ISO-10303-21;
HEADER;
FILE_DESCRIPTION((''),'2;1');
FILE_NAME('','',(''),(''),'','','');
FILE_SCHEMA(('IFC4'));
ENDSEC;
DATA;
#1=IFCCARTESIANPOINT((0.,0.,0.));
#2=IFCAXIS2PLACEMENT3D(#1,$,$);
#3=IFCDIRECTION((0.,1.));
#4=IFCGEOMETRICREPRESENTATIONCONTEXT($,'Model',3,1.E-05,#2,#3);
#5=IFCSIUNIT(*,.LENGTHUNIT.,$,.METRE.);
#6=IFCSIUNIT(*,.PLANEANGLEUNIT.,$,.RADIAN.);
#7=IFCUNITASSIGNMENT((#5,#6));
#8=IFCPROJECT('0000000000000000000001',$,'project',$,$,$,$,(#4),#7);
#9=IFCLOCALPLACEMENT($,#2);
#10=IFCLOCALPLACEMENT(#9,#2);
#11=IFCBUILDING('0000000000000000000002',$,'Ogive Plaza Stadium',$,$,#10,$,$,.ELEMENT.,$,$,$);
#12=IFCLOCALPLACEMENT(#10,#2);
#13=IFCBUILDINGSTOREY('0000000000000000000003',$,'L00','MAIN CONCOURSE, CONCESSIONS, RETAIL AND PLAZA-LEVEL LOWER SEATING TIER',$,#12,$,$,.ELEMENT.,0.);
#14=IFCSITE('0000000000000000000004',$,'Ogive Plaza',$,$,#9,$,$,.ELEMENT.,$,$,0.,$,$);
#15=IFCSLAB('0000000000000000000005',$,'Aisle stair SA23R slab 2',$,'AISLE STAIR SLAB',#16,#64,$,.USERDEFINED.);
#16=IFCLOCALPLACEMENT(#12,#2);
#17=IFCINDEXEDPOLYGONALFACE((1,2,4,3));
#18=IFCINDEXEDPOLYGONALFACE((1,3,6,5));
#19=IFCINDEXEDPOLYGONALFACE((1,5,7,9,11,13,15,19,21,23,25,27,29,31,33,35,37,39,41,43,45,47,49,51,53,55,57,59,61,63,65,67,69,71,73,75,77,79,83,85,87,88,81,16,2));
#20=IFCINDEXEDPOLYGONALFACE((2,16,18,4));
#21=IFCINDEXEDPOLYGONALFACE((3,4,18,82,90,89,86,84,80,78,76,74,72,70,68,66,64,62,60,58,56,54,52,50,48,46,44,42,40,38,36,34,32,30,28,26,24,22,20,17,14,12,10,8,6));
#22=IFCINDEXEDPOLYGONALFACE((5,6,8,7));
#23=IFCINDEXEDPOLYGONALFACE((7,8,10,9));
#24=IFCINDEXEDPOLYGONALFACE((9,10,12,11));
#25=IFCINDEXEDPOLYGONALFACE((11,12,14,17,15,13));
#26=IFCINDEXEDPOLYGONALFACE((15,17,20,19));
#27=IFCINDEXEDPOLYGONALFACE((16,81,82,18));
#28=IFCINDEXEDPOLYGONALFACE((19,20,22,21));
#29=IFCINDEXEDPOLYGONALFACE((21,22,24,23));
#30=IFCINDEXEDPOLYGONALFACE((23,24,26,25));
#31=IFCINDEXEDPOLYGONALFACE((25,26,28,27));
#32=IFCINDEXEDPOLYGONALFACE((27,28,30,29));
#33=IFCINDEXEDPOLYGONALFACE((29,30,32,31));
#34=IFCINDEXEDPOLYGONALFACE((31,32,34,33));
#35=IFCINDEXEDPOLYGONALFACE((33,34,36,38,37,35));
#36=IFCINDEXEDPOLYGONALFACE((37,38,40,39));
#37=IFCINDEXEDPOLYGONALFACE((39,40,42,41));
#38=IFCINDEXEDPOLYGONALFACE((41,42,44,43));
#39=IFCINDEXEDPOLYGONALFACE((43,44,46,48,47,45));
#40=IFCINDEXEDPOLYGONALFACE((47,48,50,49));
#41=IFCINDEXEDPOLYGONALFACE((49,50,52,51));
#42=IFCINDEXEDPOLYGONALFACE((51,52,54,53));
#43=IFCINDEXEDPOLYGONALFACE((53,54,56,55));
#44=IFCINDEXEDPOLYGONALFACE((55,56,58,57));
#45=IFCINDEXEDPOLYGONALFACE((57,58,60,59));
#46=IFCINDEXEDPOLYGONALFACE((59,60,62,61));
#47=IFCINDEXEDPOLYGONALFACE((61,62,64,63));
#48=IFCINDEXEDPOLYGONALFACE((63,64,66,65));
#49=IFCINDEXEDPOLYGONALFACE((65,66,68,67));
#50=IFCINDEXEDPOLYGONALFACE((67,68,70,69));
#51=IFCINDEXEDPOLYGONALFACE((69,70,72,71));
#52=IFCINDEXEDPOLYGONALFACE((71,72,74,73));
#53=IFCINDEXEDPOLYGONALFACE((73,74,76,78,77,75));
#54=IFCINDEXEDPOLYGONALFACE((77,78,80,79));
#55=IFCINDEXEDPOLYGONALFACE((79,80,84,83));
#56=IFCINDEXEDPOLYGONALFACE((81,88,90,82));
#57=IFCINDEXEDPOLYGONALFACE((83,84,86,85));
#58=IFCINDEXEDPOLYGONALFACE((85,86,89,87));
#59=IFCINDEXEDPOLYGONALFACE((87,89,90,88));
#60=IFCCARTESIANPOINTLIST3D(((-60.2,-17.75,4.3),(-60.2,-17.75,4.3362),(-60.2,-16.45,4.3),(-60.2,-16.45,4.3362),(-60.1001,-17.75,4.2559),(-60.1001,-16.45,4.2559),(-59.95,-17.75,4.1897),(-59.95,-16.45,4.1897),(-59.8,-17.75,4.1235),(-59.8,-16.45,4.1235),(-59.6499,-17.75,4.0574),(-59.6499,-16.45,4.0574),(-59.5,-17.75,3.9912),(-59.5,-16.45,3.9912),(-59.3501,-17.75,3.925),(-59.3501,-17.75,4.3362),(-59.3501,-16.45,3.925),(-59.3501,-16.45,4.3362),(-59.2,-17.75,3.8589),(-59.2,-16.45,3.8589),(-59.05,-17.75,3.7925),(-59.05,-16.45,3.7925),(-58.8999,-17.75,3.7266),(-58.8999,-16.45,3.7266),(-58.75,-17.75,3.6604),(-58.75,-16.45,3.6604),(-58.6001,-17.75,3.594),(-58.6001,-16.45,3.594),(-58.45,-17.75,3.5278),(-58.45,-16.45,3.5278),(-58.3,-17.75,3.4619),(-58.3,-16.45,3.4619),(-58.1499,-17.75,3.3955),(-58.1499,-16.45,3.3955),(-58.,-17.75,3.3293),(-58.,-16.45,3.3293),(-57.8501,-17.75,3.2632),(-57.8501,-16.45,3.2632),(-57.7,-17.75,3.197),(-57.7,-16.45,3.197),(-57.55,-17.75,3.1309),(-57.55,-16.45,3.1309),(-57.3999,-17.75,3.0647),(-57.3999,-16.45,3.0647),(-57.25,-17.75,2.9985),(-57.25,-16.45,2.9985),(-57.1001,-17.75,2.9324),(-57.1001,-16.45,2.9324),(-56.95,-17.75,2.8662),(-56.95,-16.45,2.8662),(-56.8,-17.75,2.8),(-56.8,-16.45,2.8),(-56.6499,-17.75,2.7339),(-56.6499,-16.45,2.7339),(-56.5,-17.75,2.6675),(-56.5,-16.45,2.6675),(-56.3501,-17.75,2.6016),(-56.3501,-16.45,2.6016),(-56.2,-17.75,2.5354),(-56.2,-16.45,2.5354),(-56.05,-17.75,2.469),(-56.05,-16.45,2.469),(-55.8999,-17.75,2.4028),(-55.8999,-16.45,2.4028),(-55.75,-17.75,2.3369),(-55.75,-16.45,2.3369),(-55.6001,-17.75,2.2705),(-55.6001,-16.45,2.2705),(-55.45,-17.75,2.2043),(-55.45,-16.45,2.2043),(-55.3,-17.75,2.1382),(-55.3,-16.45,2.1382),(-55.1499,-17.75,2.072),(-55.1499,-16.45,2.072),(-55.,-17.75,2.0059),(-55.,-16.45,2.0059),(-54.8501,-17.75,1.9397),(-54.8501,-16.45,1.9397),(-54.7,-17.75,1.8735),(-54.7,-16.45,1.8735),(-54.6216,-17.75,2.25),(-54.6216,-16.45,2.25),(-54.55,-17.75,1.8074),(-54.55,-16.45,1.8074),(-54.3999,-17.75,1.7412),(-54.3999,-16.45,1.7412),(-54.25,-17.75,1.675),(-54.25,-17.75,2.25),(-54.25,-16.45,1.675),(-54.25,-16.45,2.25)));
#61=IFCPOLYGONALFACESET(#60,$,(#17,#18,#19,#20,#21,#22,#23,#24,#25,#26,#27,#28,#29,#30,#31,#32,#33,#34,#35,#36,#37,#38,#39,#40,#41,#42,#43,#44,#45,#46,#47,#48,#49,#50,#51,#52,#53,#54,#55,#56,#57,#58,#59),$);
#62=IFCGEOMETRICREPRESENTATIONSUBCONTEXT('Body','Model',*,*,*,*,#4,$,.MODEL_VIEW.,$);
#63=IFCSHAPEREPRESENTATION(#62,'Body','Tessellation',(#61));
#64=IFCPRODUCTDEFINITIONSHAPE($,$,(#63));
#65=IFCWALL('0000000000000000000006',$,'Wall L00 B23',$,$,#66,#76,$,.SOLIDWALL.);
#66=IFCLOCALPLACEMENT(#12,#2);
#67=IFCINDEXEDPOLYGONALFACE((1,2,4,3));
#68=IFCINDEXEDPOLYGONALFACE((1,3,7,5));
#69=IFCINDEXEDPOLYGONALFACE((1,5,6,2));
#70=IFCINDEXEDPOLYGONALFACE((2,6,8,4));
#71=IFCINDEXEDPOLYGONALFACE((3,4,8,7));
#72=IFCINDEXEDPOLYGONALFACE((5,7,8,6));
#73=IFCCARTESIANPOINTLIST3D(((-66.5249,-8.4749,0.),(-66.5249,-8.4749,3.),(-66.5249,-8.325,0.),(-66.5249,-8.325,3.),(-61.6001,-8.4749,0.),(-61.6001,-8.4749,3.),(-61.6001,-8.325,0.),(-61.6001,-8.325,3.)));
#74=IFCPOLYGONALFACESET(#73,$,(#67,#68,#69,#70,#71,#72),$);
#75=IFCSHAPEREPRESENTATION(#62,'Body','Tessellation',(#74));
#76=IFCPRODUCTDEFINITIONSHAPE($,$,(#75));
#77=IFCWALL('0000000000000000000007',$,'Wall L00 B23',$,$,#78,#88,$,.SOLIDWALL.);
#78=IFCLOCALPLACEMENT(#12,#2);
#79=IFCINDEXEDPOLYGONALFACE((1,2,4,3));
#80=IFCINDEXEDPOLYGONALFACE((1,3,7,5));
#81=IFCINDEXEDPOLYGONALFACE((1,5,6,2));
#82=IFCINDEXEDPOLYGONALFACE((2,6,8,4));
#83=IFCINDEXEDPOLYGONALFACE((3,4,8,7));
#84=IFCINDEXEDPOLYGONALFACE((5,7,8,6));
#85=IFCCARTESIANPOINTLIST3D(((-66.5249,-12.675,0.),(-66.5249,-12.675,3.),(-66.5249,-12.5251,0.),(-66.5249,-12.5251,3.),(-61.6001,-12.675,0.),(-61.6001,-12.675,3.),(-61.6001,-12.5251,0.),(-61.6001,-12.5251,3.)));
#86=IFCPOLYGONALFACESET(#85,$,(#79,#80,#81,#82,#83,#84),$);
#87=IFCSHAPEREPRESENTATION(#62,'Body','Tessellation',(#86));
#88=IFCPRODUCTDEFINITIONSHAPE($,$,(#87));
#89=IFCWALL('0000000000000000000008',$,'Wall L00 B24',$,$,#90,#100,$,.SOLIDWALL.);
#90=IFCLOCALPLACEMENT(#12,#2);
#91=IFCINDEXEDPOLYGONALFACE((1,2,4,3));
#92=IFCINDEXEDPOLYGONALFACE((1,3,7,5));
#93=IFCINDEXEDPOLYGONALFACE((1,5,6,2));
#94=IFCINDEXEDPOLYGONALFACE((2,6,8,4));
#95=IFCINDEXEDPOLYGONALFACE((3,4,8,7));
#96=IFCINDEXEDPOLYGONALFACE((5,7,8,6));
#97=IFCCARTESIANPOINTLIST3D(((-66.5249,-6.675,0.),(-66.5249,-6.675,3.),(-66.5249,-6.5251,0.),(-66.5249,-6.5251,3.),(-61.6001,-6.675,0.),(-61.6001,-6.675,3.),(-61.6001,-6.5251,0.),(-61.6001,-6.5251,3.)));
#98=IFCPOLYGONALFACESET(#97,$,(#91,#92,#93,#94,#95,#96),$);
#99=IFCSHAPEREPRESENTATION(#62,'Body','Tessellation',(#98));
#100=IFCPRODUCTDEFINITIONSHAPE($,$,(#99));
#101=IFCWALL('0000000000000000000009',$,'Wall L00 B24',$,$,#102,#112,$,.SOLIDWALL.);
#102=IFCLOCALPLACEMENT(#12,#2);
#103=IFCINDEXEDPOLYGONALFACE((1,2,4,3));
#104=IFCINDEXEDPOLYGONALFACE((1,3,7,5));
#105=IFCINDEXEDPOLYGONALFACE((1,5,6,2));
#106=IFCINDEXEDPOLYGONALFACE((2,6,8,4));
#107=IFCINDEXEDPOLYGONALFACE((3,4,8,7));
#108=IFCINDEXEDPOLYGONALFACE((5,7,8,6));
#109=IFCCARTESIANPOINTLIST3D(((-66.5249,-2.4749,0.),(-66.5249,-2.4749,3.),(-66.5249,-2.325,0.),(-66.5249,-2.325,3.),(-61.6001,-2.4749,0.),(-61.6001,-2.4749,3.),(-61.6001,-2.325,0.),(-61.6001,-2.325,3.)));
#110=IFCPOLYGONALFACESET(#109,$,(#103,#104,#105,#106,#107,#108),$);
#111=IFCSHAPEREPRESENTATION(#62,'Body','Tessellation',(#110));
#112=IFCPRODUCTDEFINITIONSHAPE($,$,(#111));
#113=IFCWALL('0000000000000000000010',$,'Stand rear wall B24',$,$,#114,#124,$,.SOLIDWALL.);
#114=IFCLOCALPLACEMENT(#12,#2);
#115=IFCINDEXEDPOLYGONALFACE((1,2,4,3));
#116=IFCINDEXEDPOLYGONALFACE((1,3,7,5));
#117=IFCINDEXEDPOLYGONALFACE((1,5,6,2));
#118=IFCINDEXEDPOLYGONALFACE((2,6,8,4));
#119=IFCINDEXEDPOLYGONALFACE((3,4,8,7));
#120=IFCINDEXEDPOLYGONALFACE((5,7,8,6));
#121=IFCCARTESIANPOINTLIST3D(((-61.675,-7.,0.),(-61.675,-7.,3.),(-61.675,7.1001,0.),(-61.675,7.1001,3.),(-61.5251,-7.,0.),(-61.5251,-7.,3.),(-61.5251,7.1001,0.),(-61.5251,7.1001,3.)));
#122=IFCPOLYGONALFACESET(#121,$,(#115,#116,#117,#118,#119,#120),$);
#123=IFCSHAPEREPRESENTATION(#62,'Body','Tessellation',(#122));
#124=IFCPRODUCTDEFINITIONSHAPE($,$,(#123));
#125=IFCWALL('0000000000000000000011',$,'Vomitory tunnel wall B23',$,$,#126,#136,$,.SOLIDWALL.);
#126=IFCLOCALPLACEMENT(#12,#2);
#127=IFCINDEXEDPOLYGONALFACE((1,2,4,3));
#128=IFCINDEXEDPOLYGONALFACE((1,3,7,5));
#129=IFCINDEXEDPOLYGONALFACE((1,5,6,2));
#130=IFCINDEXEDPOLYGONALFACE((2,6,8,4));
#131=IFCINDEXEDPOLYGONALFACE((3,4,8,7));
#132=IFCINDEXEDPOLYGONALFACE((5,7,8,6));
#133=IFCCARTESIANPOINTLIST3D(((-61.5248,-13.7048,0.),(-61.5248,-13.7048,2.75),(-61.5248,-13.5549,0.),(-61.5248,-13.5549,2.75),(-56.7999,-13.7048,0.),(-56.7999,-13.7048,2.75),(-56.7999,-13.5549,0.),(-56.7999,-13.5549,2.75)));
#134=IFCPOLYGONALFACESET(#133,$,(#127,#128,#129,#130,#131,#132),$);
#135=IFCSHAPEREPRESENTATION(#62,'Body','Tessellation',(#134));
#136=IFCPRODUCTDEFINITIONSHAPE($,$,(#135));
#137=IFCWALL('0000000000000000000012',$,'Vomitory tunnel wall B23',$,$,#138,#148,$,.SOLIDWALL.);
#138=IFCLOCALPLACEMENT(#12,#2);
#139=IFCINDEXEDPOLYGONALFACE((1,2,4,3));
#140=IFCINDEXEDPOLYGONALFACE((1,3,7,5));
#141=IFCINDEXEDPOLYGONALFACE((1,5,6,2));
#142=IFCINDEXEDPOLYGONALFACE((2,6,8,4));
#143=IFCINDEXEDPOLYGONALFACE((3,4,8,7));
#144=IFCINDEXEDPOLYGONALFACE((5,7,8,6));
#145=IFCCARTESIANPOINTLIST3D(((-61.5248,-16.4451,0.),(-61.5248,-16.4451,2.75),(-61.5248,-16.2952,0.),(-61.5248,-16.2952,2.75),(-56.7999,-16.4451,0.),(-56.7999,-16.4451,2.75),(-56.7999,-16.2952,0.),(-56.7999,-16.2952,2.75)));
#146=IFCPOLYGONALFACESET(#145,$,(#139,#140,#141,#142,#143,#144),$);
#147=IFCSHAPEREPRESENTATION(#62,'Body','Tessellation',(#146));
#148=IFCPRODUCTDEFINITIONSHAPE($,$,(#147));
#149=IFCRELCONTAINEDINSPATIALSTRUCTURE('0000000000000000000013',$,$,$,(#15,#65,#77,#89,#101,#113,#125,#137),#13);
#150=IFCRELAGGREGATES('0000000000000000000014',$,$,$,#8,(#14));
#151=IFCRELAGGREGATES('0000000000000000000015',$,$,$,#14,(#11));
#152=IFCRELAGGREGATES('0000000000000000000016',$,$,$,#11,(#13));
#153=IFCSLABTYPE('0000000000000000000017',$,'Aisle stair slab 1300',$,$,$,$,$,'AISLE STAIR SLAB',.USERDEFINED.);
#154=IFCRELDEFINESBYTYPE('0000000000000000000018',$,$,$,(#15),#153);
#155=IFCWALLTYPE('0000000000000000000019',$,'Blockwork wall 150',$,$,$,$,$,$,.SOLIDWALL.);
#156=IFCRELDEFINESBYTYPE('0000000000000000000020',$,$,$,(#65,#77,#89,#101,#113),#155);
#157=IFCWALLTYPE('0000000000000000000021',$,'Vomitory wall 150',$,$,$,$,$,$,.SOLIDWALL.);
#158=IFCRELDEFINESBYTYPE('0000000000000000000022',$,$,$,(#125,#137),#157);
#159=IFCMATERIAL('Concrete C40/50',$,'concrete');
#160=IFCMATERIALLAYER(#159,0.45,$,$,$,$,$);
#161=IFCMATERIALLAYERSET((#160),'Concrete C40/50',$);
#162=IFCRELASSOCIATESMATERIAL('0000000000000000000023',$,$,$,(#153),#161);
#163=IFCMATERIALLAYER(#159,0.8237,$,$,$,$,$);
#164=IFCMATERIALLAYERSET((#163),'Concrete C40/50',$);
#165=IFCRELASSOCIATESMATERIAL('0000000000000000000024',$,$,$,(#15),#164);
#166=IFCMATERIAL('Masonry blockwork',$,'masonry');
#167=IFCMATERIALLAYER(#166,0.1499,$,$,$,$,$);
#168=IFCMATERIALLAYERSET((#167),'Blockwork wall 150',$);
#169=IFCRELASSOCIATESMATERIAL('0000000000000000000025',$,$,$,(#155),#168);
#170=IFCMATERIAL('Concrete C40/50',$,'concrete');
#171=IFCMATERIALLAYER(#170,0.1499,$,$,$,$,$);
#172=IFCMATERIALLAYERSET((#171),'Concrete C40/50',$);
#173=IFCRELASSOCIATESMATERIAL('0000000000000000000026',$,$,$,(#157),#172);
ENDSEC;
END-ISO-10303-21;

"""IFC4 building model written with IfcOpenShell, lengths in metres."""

from ifc_helpers import new_model, si_unit, direction, frame, frame_2d, origin, place, context, subcontext, project, spatial, polyline, rectangle, outline, extrude, material, layer, layer_set, type_object, element, save


model = new_model("IFC4")

# Units and contexts
model_context = context("Model", 3, precision=1e-05, world=origin(), true_north=direction((0.0, 1.0)))
body_context = subcontext(model_context, "Body", "Model", "MODEL_VIEW")
ifc_project = project(units=[si_unit("LENGTHUNIT", "METRE"), si_unit("PLANEANGLEUNIT", "RADIAN")], contexts=[model_context])

# Site, building, storey
site_placement = place(None, origin())
site = spatial("IfcSite", under=ifc_project, at=site_placement, Name="Ogive Plaza", CompositionType="ELEMENT", RefElevation=0.0)
building_placement = place(site_placement, origin())
building = spatial("IfcBuilding", under=site, at=building_placement, Name="Ogive Plaza Stadium", CompositionType="ELEMENT")
storey_placement = place(building_placement, origin())
storey = spatial("IfcBuildingStorey", under=building, at=storey_placement, Name="L00", Description="MAIN CONCOURSE, CONCESSIONS, RETAIL AND PLAZA-LEVEL LOWER SEATING TIER", CompositionType="ELEMENT", Elevation=0.0)

# Slab
ifc_material_1 = material(Name="Concrete C40/50", Category="concrete")
ifc_layer_1 = layer(ifc_material_1, 0.45)
ifc_layer_set_1 = layer_set([ifc_layer_1], Name="Concrete C40/50")
slab_type = type_object("IfcSlabType", Name="Aisle stair slab 1300", ElementType="AISLE STAIR SLAB", PredefinedType="USERDEFINED", material=ifc_layer_set_1)
ifc_layer_2 = layer(ifc_material_1, 0.8237)
ifc_layer_set_2 = layer_set([ifc_layer_2], Name="Concrete C40/50")
slab_1_placement = place(storey_placement, frame((-54.25, -17.1001, 0.0), z_axis=(0.0, 0.0, 1.0), x_axis=(-1.0, 0.0, 0.0)))
element("IfcSlab", 1, at=slab_1_placement, inside=storey, type_object=slab_type, material=ifc_layer_set_2, Name="Aisle stair SA23R slab 2", ObjectType="AISLE STAIR SLAB", PredefinedType="USERDEFINED", context=body_context, shape_type="SweptSolid", body=[
    extrude(outline(polyline([(0.0, 2.25), (0.3716, 2.25), (5.1001, 4.3362), (5.95, 4.3362), (5.95, 4.3), (5.8501, 4.2559), (5.7, 4.1897), (5.55, 4.1235), (5.3999, 4.0574), (5.25, 3.9912), (5.1001, 3.925), (4.95, 3.8589), (4.8, 3.7925), (4.6499, 3.7266), (4.5, 3.6604), (4.3501, 3.594), (4.2, 3.5278), (4.05, 3.4619), (3.8999, 3.3955), (3.75, 3.3293), (3.6001, 3.2632), (3.45, 3.197), (3.3, 3.1309), (3.1499, 3.0647), (3.0, 2.9985), (2.8501, 2.9324), (2.7, 2.8662), (2.55, 2.8), (2.3999, 2.7339), (2.25, 2.6675), (2.1001, 2.6016), (1.95, 2.5354), (1.8, 2.469), (1.6499, 2.4028), (1.5, 2.3369), (1.3501, 2.2705), (1.2, 2.2043), (1.05, 2.1382), (0.8999, 2.072), (0.75, 2.0059), (0.6001, 1.9397), (0.45, 1.8735), (0.3, 1.8074), (0.1499, 1.7412), (0.0, 1.675), (0.0, 2.25)])), frame((0.0, 0.6499, 0.0), z_axis=(0.0, -1.0, 0.0), x_axis=(1.0, 0.0, 0.0)), (0.0, 0.0, 1.0), 1.3),
])

# Walls
ifc_material_2 = material(Name="Masonry blockwork", Category="masonry")
ifc_layer_3 = layer(ifc_material_2, 0.1499)
ifc_layer_set_3 = layer_set([ifc_layer_3], Name="Blockwork wall 150")
wall_type_1 = type_object("IfcWallType", Name="Blockwork wall 150", PredefinedType="SOLIDWALL", material=ifc_layer_set_3)
for number, where, z_axis, x_axis, name in (
    (2, (-61.6001, -8.3999, 0.0), (0.0, 0.0, 1.0), (-1.0, 0.0, 0.0), "Wall L00 B23"),
    (3, (-61.6001, -12.6001, 0.0), (0.0, 0.0, 1.0), (-1.0, 0.0, 0.0), "Wall L00 B23"),
    (4, (-61.6001, -6.6001, 0.0), (0.0, 0.0, 1.0), (-1.0, 0.0, 0.0), "Wall L00 B24"),
    (5, (-61.6001, -2.3999, 0.0), (0.0, 0.0, 1.0), (-1.0, 0.0, 0.0), "Wall L00 B24"),
):
    element("IfcWall", number, at=place(storey_placement, frame(where, z_axis=z_axis, x_axis=x_axis)), inside=storey, type_object=wall_type_1, Name=name, PredefinedType="SOLIDWALL", context=body_context, shape_type="SweptSolid", body=[
        extrude(rectangle(XDim=4.9248, YDim=0.1499, at=frame_2d((2.4624, 0.0))), origin(), (0.0, 0.0, 1.0), 3.0),
    ])
wall_placement = place(storey_placement, frame((-61.6001, -7.0, 0.0), z_axis=(0.0, 0.0, 1.0), x_axis=(0.0, 1.0, 0.0)))
element("IfcWall", 6, at=wall_placement, inside=storey, type_object=wall_type_1, Name="Stand rear wall B24", PredefinedType="SOLIDWALL", context=body_context, shape_type="SweptSolid", body=[
    extrude(rectangle(XDim=14.1001, YDim=0.1499, at=frame_2d((7.05, 0.0))), origin(), (0.0, 0.0, 1.0), 3.0),
])
ifc_material_3 = material(Name="Concrete C40/50", Category="concrete")
ifc_layer_4 = layer(ifc_material_3, 0.1499)
ifc_layer_set_4 = layer_set([ifc_layer_4], Name="Concrete C40/50")
wall_type_2 = type_object("IfcWallType", Name="Vomitory wall 150", PredefinedType="SOLIDWALL", material=ifc_layer_set_4)
for number, where, z_axis, x_axis, name in (
    (7, (-56.8, -13.6299, 0.0), (0.0, 0.0, 1.0), (-1.0, 0.0, 0.0), "Vomitory tunnel wall B23"),
    (8, (-56.8, -16.3701, 0.0), (0.0, 0.0, 1.0), (-1.0, 0.0, 0.0), "Vomitory tunnel wall B23"),
):
    element("IfcWall", number, at=place(storey_placement, frame(where, z_axis=z_axis, x_axis=x_axis)), inside=storey, type_object=wall_type_2, Name=name, PredefinedType="SOLIDWALL", context=body_context, shape_type="SweptSolid", body=[
        extrude(rectangle(XDim=4.7249, YDim=0.1499, at=frame_2d((2.3623, 0.0))), origin(), (0.0, 0.0, 1.0), 2.75),
    ])

save(model, "model.ifc")
